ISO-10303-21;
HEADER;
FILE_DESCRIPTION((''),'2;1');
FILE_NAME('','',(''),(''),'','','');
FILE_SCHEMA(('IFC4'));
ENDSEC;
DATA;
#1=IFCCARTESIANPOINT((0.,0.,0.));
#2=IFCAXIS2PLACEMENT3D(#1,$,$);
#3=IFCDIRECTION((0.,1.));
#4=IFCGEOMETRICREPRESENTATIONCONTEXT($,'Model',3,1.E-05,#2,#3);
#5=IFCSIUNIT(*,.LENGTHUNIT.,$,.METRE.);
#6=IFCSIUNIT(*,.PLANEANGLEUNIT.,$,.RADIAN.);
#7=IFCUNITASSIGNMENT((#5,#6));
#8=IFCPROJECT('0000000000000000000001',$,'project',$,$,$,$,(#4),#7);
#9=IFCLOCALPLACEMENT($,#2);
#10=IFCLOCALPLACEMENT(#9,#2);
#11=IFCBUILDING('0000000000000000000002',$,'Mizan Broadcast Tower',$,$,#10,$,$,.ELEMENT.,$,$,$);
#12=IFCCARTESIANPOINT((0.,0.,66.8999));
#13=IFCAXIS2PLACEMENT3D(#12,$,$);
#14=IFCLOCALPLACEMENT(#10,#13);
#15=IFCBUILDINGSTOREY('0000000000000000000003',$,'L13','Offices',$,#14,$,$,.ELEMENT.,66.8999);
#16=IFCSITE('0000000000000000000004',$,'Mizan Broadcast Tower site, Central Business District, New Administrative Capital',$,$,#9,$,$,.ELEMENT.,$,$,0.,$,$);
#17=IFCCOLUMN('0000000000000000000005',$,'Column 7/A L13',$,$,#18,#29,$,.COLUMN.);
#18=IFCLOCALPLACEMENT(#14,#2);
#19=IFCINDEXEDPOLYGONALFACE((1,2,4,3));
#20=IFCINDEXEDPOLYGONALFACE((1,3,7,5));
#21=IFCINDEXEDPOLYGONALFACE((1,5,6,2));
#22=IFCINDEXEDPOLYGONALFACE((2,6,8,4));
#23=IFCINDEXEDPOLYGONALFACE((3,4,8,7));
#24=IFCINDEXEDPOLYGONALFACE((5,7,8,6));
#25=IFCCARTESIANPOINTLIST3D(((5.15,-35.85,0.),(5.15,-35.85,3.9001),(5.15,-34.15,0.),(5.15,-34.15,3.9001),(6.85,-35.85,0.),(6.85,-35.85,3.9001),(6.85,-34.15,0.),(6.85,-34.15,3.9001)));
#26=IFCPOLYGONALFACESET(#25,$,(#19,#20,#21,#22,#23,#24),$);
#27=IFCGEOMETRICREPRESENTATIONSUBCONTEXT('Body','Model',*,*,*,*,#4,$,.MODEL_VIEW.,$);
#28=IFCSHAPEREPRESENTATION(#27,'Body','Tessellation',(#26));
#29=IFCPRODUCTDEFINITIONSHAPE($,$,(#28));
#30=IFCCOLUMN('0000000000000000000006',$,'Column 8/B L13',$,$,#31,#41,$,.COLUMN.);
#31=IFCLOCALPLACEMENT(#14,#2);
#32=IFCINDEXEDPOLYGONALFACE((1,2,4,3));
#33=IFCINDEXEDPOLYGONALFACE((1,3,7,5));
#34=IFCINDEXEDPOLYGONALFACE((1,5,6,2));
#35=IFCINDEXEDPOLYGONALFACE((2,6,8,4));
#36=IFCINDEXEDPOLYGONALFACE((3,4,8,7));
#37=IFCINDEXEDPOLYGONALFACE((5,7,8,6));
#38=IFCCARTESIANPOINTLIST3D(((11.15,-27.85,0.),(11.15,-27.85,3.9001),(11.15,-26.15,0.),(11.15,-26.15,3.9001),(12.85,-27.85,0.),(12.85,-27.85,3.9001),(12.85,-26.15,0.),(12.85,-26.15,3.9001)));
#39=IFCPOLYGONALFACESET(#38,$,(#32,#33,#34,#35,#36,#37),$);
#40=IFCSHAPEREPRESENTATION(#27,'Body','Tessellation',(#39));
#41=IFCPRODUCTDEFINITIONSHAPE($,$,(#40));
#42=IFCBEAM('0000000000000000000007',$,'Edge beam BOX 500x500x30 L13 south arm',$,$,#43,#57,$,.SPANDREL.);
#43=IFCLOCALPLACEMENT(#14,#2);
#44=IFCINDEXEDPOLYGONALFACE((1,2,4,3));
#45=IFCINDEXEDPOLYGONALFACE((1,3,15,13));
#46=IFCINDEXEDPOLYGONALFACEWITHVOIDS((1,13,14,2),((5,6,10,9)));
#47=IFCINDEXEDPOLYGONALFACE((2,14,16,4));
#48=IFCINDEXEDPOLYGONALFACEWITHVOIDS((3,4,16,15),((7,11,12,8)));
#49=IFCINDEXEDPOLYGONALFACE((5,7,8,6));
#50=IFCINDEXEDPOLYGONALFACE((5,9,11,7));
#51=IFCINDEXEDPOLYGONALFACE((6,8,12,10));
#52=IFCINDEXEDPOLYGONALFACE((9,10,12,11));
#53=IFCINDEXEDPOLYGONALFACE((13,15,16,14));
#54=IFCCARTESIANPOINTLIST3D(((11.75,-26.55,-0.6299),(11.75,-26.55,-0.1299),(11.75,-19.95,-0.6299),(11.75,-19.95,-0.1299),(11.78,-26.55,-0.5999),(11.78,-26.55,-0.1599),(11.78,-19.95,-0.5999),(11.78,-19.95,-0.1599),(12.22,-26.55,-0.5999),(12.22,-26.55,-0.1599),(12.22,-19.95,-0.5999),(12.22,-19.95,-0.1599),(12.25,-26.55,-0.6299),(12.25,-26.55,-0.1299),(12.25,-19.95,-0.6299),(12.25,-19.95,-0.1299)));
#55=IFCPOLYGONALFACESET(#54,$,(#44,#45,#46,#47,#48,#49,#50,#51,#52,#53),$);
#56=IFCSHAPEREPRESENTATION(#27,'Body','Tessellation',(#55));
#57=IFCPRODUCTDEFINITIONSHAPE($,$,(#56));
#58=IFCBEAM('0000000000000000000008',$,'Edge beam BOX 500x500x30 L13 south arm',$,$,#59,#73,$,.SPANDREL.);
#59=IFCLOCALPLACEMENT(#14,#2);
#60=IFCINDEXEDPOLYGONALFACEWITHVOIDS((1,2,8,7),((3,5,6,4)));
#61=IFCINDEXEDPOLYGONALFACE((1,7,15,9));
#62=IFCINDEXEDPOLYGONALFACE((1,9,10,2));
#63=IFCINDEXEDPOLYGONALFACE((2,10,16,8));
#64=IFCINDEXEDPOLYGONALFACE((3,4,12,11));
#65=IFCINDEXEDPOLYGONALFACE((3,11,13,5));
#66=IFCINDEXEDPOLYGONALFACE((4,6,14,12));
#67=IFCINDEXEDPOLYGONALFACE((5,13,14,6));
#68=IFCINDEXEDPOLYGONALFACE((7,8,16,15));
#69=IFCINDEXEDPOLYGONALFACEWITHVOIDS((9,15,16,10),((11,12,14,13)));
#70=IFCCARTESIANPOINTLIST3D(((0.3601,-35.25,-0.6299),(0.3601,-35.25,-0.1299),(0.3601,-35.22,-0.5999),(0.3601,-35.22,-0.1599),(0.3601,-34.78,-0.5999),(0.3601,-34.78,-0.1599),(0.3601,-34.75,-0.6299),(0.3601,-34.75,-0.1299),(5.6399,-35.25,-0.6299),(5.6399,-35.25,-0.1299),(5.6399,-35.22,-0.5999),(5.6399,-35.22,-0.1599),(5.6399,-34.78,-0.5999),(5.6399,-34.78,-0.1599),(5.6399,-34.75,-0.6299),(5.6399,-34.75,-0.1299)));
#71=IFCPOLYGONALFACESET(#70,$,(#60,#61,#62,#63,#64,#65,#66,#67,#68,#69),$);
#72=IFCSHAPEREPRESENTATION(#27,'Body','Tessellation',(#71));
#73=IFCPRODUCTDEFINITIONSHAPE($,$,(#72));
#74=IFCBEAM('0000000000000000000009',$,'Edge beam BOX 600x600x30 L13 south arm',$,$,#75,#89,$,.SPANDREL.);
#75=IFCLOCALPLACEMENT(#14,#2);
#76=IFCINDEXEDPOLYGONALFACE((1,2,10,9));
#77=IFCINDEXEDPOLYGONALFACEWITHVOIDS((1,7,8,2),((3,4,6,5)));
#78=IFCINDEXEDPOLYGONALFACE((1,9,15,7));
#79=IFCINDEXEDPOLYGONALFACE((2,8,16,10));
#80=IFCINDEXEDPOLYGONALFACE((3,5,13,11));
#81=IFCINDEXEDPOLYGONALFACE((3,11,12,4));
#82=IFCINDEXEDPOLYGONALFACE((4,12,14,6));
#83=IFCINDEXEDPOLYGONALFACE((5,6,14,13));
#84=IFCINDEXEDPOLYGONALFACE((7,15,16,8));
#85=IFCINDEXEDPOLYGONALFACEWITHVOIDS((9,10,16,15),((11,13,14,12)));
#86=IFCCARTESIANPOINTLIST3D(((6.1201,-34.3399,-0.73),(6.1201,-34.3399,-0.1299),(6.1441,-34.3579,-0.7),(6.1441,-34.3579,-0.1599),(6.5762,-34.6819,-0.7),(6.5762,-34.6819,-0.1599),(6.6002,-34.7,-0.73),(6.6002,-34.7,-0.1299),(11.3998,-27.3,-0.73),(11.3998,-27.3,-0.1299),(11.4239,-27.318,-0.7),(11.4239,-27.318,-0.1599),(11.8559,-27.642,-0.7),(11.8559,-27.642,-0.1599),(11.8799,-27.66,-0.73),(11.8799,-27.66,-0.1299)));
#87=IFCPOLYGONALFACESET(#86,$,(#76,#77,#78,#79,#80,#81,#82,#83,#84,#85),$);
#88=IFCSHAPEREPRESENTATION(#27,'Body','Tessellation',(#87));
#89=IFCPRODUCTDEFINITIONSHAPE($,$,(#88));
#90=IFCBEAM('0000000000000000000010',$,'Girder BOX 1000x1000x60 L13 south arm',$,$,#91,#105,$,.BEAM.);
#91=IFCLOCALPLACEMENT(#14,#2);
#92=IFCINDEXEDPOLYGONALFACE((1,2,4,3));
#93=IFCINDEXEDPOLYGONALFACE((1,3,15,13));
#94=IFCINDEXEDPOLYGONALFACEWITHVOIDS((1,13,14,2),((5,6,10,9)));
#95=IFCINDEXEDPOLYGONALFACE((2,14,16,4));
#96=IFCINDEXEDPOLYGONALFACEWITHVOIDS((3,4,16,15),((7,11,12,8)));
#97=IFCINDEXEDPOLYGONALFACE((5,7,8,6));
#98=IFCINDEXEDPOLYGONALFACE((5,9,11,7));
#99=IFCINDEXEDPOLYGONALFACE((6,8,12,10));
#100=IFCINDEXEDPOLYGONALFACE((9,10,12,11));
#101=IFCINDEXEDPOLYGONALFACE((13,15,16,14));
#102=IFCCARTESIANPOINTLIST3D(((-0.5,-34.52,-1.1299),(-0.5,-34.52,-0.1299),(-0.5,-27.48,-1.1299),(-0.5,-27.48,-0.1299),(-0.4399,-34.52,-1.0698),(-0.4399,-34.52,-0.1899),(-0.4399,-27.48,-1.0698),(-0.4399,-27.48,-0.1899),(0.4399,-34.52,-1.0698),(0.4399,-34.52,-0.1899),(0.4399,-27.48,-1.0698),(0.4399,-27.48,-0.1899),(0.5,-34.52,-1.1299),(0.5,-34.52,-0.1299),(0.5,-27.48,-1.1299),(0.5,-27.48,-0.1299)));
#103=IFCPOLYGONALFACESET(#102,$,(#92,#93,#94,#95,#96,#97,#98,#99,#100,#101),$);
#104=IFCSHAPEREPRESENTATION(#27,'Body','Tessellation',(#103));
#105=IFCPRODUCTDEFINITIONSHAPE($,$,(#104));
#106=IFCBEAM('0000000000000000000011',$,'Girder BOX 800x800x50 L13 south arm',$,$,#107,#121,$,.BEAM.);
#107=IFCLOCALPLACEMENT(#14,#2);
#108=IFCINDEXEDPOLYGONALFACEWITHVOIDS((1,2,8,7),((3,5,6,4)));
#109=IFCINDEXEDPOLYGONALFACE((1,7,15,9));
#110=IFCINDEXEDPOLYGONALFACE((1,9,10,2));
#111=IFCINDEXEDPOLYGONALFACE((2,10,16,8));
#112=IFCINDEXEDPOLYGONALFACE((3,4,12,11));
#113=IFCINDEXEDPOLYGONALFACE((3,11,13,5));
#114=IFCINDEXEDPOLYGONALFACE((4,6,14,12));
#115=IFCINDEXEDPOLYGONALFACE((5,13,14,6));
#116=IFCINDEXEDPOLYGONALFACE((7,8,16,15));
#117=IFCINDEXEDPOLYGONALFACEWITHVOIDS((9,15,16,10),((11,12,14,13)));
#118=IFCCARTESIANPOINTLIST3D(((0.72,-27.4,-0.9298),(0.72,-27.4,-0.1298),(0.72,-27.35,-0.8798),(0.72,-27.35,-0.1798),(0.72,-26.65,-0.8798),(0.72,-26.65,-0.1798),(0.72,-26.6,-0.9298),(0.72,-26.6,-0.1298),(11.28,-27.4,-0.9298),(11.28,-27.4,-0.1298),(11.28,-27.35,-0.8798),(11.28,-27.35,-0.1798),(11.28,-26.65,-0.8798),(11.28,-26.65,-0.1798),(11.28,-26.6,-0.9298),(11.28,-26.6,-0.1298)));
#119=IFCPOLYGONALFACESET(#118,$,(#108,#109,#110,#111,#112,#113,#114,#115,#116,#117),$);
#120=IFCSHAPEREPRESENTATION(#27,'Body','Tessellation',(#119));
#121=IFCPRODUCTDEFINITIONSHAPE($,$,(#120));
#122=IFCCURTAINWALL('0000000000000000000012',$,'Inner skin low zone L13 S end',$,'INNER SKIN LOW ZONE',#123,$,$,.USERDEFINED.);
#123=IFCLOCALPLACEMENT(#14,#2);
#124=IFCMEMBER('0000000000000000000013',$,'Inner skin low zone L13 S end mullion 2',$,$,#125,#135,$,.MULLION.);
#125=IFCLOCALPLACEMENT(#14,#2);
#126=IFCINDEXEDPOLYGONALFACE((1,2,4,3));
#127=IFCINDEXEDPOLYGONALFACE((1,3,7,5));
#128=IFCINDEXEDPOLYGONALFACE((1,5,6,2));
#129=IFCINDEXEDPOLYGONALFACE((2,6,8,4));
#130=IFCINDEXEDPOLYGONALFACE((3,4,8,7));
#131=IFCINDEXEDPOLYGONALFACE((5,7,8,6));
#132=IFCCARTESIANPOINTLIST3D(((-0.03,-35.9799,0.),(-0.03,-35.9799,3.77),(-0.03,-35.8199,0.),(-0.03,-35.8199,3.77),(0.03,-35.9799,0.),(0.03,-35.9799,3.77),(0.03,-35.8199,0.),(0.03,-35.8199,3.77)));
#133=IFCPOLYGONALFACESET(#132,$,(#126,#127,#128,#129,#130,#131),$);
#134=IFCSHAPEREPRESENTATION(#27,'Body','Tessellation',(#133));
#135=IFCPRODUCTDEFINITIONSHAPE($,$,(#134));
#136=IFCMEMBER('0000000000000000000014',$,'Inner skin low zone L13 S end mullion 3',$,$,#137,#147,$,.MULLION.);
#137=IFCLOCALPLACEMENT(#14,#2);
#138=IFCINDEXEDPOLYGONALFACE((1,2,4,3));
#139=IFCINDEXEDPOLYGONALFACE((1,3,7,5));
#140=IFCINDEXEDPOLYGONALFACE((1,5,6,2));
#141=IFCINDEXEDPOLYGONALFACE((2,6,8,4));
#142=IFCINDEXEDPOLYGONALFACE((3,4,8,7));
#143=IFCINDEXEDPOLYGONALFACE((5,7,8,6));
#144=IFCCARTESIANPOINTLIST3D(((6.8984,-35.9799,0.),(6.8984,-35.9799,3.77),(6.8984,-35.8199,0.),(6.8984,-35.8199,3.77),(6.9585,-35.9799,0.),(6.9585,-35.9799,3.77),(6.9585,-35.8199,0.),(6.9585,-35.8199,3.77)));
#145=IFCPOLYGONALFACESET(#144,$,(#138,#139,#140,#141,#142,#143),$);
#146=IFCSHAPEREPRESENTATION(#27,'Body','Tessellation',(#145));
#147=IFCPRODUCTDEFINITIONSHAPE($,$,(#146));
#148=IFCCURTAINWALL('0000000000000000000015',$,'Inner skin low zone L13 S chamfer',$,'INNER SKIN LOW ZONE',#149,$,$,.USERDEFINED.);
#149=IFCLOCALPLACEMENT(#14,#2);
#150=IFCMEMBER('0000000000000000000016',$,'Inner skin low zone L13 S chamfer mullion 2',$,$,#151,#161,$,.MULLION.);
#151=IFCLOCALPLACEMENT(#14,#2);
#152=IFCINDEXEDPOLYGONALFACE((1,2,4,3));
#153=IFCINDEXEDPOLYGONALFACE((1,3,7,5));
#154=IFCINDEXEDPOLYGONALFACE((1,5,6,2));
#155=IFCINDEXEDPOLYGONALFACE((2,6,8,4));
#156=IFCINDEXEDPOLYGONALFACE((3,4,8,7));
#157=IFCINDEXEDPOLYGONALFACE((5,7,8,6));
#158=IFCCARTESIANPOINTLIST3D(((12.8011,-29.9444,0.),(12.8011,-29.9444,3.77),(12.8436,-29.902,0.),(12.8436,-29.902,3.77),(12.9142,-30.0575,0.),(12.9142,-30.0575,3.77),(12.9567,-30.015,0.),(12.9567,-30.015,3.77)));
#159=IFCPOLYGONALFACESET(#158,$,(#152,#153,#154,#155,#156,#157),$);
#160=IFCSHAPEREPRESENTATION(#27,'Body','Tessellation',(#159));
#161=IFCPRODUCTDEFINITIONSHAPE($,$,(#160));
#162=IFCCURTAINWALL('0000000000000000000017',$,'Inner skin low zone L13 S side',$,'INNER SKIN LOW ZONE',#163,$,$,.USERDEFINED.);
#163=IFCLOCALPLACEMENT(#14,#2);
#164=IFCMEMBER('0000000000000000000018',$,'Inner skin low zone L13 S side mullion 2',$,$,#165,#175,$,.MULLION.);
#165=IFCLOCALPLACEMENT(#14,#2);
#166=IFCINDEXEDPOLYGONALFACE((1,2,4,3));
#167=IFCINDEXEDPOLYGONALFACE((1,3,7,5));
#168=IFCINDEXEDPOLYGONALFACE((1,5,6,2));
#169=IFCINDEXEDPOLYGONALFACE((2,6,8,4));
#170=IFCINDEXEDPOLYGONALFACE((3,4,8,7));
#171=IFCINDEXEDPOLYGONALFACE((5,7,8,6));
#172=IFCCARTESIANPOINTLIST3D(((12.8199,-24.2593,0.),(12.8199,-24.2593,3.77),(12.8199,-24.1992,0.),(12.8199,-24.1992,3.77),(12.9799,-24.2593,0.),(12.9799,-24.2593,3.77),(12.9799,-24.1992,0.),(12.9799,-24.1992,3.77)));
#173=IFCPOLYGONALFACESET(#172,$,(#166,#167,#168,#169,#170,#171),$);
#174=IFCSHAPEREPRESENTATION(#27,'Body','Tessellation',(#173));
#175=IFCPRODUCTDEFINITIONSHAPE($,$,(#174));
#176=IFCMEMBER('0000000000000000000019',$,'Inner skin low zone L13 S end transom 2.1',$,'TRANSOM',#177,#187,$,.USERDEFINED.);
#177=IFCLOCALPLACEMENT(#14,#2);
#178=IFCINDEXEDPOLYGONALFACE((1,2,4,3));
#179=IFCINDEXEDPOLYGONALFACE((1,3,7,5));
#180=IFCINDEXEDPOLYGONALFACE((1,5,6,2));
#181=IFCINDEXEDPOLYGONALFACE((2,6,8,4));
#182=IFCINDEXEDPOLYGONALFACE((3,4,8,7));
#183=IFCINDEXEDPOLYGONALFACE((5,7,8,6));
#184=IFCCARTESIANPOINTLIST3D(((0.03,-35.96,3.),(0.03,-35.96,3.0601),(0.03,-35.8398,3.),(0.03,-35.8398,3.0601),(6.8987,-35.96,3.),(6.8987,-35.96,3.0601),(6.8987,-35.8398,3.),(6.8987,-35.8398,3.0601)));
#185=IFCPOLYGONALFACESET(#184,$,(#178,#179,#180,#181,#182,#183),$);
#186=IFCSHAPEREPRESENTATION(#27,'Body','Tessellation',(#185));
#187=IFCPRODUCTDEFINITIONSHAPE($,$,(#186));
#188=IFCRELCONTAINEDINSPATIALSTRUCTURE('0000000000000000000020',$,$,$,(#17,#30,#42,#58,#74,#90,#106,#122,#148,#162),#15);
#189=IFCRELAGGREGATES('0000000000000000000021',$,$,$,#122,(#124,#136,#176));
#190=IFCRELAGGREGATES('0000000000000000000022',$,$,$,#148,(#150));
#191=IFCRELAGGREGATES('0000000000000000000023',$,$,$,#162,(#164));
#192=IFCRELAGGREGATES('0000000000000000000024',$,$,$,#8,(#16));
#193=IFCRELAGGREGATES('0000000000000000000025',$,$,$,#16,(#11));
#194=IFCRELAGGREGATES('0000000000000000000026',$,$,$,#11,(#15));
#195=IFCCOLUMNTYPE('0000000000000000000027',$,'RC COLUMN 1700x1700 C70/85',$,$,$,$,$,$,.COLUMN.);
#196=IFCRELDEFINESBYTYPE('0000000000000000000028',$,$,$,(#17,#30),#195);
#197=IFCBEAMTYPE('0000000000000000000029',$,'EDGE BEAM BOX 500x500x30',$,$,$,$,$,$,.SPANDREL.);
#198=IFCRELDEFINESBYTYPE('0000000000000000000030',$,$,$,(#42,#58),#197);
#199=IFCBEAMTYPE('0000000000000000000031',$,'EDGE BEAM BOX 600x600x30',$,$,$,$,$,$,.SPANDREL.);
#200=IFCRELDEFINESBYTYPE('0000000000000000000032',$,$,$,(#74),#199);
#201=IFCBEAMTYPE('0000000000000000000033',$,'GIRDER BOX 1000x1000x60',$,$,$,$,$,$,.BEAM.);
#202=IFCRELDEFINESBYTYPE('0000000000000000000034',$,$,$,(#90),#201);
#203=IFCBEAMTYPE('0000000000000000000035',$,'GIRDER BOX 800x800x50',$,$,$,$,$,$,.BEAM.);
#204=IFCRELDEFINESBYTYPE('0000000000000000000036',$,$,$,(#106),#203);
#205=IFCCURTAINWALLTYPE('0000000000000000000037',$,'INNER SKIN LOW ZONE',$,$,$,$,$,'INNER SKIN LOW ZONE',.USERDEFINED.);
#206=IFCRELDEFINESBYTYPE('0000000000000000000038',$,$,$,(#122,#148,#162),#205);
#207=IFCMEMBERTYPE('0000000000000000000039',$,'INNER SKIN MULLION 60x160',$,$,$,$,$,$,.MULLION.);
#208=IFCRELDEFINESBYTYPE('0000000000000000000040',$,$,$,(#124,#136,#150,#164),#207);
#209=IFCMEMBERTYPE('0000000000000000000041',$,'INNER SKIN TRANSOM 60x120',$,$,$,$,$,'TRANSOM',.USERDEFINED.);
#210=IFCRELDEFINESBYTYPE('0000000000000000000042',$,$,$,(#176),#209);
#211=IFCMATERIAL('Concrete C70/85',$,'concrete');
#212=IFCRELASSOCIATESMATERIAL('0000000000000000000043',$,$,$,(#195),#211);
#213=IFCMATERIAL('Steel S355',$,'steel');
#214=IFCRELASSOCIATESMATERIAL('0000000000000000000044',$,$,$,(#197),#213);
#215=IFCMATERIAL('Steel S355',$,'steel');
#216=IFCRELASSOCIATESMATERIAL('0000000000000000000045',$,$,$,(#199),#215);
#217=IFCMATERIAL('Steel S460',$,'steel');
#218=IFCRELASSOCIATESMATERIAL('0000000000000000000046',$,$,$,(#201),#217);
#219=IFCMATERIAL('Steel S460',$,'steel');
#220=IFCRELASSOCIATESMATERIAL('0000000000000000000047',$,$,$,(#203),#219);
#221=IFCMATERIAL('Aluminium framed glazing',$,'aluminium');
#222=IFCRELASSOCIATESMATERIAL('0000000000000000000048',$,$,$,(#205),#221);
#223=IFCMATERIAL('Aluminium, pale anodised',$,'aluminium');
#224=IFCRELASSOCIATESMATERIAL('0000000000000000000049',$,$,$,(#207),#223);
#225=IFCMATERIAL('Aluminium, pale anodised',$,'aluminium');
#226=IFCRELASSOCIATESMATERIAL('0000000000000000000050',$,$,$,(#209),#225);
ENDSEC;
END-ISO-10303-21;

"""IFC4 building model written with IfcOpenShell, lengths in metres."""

from ifc_helpers import new_model, si_unit, direction, frame, origin, origin_2d, place, context, subcontext, project, spatial, rectangle, hollow_rectangle, extrude, material, material_profile, profile_set, type_object, element, aggregate, save


model = new_model("IFC4")

# Units and contexts
model_context = context("Model", 3, precision=1e-05, world=origin(), true_north=direction((0.0, 1.0)))
body_context = subcontext(model_context, "Body", "Model", "MODEL_VIEW")
ifc_project = project(units=[si_unit("LENGTHUNIT", "METRE"), si_unit("PLANEANGLEUNIT", "RADIAN")], contexts=[model_context])

# Site, building, storey
site_placement = place(None, origin())
site = spatial("IfcSite", under=ifc_project, at=site_placement, Name="Mizan Broadcast Tower site, Central Business District, New Administrative Capital", CompositionType="ELEMENT", RefElevation=0.0)
building_placement = place(site_placement, origin())
building = spatial("IfcBuilding", under=site, at=building_placement, Name="Mizan Broadcast Tower", CompositionType="ELEMENT")
storey_placement = place(building_placement, frame((0.0, 0.0, 66.8999)))
storey = spatial("IfcBuildingStorey", under=building, at=storey_placement, Name="L13", Description="Offices", CompositionType="ELEMENT", Elevation=66.8999)

# Columns
ifc_material_1 = material(Name="Concrete C70/85", Category="concrete")
ifc_material_profile_1 = material_profile(ifc_material_1, rectangle(XDim=1.7, YDim=1.7, at=origin_2d()), Name="RC 1700x1700")
ifc_profile_set_1 = profile_set([ifc_material_profile_1], Name="Concrete C70/85")
column_type = type_object("IfcColumnType", Name="RC COLUMN 1700x1700 C70/85", PredefinedType="COLUMN", material=ifc_profile_set_1)
for number, where, z_axis, x_axis, name in (
    (1, (6.0, -35.0, 0.0), (0.0, 0.0, 1.0), (1.0, 0.0, 0.0), "Column 7/A L13"),
    (2, (12.0, -27.0, 0.0), (0.0, 0.0, 1.0), (1.0, 0.0, 0.0), "Column 8/B L13"),
):
    element("IfcColumn", number, at=place(storey_placement, frame(where, z_axis=z_axis, x_axis=x_axis)), inside=storey, type_object=column_type, Name=name, PredefinedType="COLUMN", context=body_context, shape_type="SweptSolid", body=[
        extrude(rectangle(XDim=1.7, YDim=1.7, at=origin_2d()), origin(), (0.0, 0.0, 1.0), 3.9001),
    ])

# Beams
ifc_material_2 = material(Name="Steel S355", Category="steel")
ifc_material_profile_2 = material_profile(ifc_material_2, hollow_rectangle(XDim=0.5, YDim=0.5, WallThickness=0.03, at=origin_2d()), Name="BOX 500x500x30")
ifc_profile_set_2 = profile_set([ifc_material_profile_2], Name="Steel S355")
beam_type_1 = type_object("IfcBeamType", Name="EDGE BEAM BOX 500x500x30", PredefinedType="SPANDREL", material=ifc_profile_set_2)
beam_1_placement = place(storey_placement, frame((12.0, -19.95, -0.3799), z_axis=(0.0, -1.0, 0.0), x_axis=(1.0, 0.0, 0.0)))
element("IfcBeam", 3, at=beam_1_placement, inside=storey, type_object=beam_type_1, Name="Edge beam BOX 500x500x30 L13 south arm", PredefinedType="SPANDREL", context=body_context, shape_type="SweptSolid", body=[
    extrude(hollow_rectangle(XDim=0.5, YDim=0.5, WallThickness=0.03, at=origin_2d()), origin(), (0.0, 0.0, 1.0), 6.6001),
])
beam_2_placement = place(storey_placement, frame((5.6399, -35.0, -0.3799), z_axis=(-1.0, 0.0, 0.0), x_axis=(0.0, -1.0, 0.0)))
element("IfcBeam", 4, at=beam_2_placement, inside=storey, type_object=beam_type_1, Name="Edge beam BOX 500x500x30 L13 south arm", PredefinedType="SPANDREL", context=body_context, shape_type="SweptSolid", body=[
    extrude(hollow_rectangle(XDim=0.5, YDim=0.5, WallThickness=0.03, at=origin_2d()), origin(), (0.0, 0.0, 1.0), 5.2798),
])
ifc_material_3 = material(Name="Steel S355", Category="steel")
ifc_material_profile_3 = material_profile(ifc_material_3, hollow_rectangle(XDim=0.6001, YDim=0.6001, WallThickness=0.03, at=origin_2d()), Name="BOX 600x600x30")
ifc_profile_set_3 = profile_set([ifc_material_profile_3], Name="Steel S355")
beam_type_2 = type_object("IfcBeamType", Name="EDGE BEAM BOX 600x600x30", PredefinedType="SPANDREL", material=ifc_profile_set_3)
beam_3_placement = place(storey_placement, frame((11.6399, -27.48, -0.4299), z_axis=(-0.599982, -0.800013, 0.0), x_axis=(0.800013, -0.599982, 0.0)))
element("IfcBeam", 5, at=beam_3_placement, inside=storey, type_object=beam_type_2, Name="Edge beam BOX 600x600x30 L13 south arm", PredefinedType="SPANDREL", context=body_context, shape_type="SweptSolid", body=[
    extrude(hollow_rectangle(XDim=0.6001, YDim=0.6001, WallThickness=0.03, at=origin_2d()), origin(), (0.0, 0.0, 1.0), 8.7998),
])
ifc_material_4 = material(Name="Steel S460", Category="steel")
ifc_material_profile_4 = material_profile(ifc_material_4, hollow_rectangle(XDim=1.0, YDim=1.0, WallThickness=0.0601, at=origin_2d()), Name="BOX 1000x1000x60")
ifc_profile_set_4 = profile_set([ifc_material_profile_4], Name="Steel S460")
beam_type_3 = type_object("IfcBeamType", Name="GIRDER BOX 1000x1000x60", PredefinedType="BEAM", material=ifc_profile_set_4)
beam_4_placement = place(storey_placement, frame((0.0, -27.48, -0.6299), z_axis=(0.0, -1.0, 0.0), x_axis=(1.0, 0.0, 0.0)))
element("IfcBeam", 6, at=beam_4_placement, inside=storey, type_object=beam_type_3, Name="Girder BOX 1000x1000x60 L13 south arm", PredefinedType="BEAM", context=body_context, shape_type="SweptSolid", body=[
    extrude(hollow_rectangle(XDim=1.0, YDim=1.0, WallThickness=0.0601, at=origin_2d()), origin(), (0.0, 0.0, 1.0), 7.04),
])
ifc_material_5 = material(Name="Steel S460", Category="steel")
ifc_material_profile_5 = material_profile(ifc_material_5, hollow_rectangle(XDim=0.8, YDim=0.8, WallThickness=0.05, at=origin_2d()), Name="BOX 800x800x50")
ifc_profile_set_5 = profile_set([ifc_material_profile_5], Name="Steel S460")
beam_type_4 = type_object("IfcBeamType", Name="GIRDER BOX 800x800x50", PredefinedType="BEAM", material=ifc_profile_set_5)
beam_5_placement = place(storey_placement, frame((11.28, -27.0, -0.5298), z_axis=(-1.0, 0.0, 0.0), x_axis=(0.0, -1.0, 0.0)))
element("IfcBeam", 7, at=beam_5_placement, inside=storey, type_object=beam_type_4, Name="Girder BOX 800x800x50 L13 south arm", PredefinedType="BEAM", context=body_context, shape_type="SweptSolid", body=[
    extrude(hollow_rectangle(XDim=0.8, YDim=0.8, WallThickness=0.05, at=origin_2d()), origin(), (0.0, 0.0, 1.0), 10.5601),
])

# Curtain wall, members
ifc_material_6 = material(Name="Aluminium framed glazing", Category="aluminium")
curtain_wall_type_1 = type_object("IfcCurtainWallType", Name="INNER SKIN LOW ZONE", ElementType="INNER SKIN LOW ZONE", PredefinedType="USERDEFINED", material=ifc_material_6)
curtain_wall_1_placement = place(storey_placement, origin())
curtain_wall_1 = element("IfcCurtainWall", 8, at=curtain_wall_1_placement, inside=storey, type_object=curtain_wall_type_1, Name="Inner skin low zone L13 S end", ObjectType="INNER SKIN LOW ZONE", PredefinedType="USERDEFINED")
ifc_material_7 = material(Name="Aluminium, pale anodised", Category="aluminium")
ifc_material_profile_6 = material_profile(ifc_material_7, rectangle(XDim=0.1599, YDim=0.0601, at=origin_2d()), Name="MULLION 160x60")
ifc_profile_set_6 = profile_set([ifc_material_profile_6], Name="Aluminium, pale anodised")
member_type_1 = type_object("IfcMemberType", Name="INNER SKIN MULLION 60x160", PredefinedType="MULLION", material=ifc_profile_set_6)
member_1_placement = place(storey_placement, frame((0.0, -35.8999, 0.0), z_axis=(0.0, 0.0, 1.0), x_axis=(0.0, 1.0, 0.0)))
member_1 = element("IfcMember", 9, at=member_1_placement, type_object=member_type_1, Name="Inner skin low zone L13 S end mullion 2", PredefinedType="MULLION", context=body_context, shape_type="SweptSolid", body=[
    extrude(rectangle(XDim=0.1599, YDim=0.0601, at=origin_2d()), origin(), (0.0, 0.0, 1.0), 3.77),
])
member_2_placement = place(storey_placement, frame((6.9285, -35.8999, 0.0), z_axis=(0.0, 0.0, 1.0), x_axis=(0.0, 1.0, 0.0)))
member_2 = element("IfcMember", 10, at=member_2_placement, type_object=member_type_1, Name="Inner skin low zone L13 S end mullion 3", PredefinedType="MULLION", context=body_context, shape_type="SweptSolid", body=[
    extrude(rectangle(XDim=0.1599, YDim=0.0601, at=origin_2d()), origin(), (0.0, 0.0, 1.0), 3.77),
])

# Curtain walls, members
curtain_wall_2_placement = place(storey_placement, origin())
curtain_wall_2 = element("IfcCurtainWall", 11, at=curtain_wall_2_placement, inside=storey, type_object=curtain_wall_type_1, Name="Inner skin low zone L13 S chamfer", ObjectType="INNER SKIN LOW ZONE", PredefinedType="USERDEFINED")
member_3_placement = place(storey_placement, frame((12.8789, -29.9797, 0.0), z_axis=(0.0, 0.0, 1.0), x_axis=(-0.707107, 0.707107, 0.0)))
member_3 = element("IfcMember", 12, at=member_3_placement, type_object=member_type_1, Name="Inner skin low zone L13 S chamfer mullion 2", PredefinedType="MULLION", context=body_context, shape_type="SweptSolid", body=[
    extrude(rectangle(XDim=0.1599, YDim=0.0601, at=origin_2d()), origin(), (0.0, 0.0, 1.0), 3.77),
])
curtain_wall_3_placement = place(storey_placement, origin())
curtain_wall_3 = element("IfcCurtainWall", 13, at=curtain_wall_3_placement, inside=storey, type_object=curtain_wall_type_1, Name="Inner skin low zone L13 S side", ObjectType="INNER SKIN LOW ZONE", PredefinedType="USERDEFINED")
member_4_placement = place(storey_placement, frame((12.8999, -24.2292, 0.0), z_axis=(0.0, 0.0, 1.0), x_axis=(-1.0, 0.0, 0.0)))
member_4 = element("IfcMember", 14, at=member_4_placement, type_object=member_type_1, Name="Inner skin low zone L13 S side mullion 2", PredefinedType="MULLION", context=body_context, shape_type="SweptSolid", body=[
    extrude(rectangle(XDim=0.1599, YDim=0.0601, at=origin_2d()), origin(), (0.0, 0.0, 1.0), 3.77),
])

# Member
ifc_material_8 = material(Name="Aluminium, pale anodised", Category="aluminium")
ifc_material_profile_7 = material_profile(ifc_material_8, rectangle(XDim=0.1201, YDim=0.0601, at=origin_2d()), Name="TRANSOM 120x60")
ifc_profile_set_7 = profile_set([ifc_material_profile_7], Name="Aluminium, pale anodised")
member_type_2 = type_object("IfcMemberType", Name="INNER SKIN TRANSOM 60x120", ElementType="TRANSOM", PredefinedType="USERDEFINED", material=ifc_profile_set_7)
member_5_placement = place(storey_placement, frame((0.03, -35.8999, 3.03), z_axis=(1.0, 0.0, 0.0), x_axis=(0.0, 1.0, 0.0)))
member_5 = element("IfcMember", 15, at=member_5_placement, type_object=member_type_2, Name="Inner skin low zone L13 S end transom 2.1", ObjectType="TRANSOM", PredefinedType="USERDEFINED", context=body_context, shape_type="SweptSolid", body=[
    extrude(rectangle(XDim=0.1201, YDim=0.0601, at=origin_2d()), origin(), (0.0, 0.0, 1.0), 6.8687),
])

aggregate(curtain_wall_1, [member_1, member_2, member_5])
aggregate(curtain_wall_2, [member_3])
aggregate(curtain_wall_3, [member_4])

save(model, "model.ifc")
